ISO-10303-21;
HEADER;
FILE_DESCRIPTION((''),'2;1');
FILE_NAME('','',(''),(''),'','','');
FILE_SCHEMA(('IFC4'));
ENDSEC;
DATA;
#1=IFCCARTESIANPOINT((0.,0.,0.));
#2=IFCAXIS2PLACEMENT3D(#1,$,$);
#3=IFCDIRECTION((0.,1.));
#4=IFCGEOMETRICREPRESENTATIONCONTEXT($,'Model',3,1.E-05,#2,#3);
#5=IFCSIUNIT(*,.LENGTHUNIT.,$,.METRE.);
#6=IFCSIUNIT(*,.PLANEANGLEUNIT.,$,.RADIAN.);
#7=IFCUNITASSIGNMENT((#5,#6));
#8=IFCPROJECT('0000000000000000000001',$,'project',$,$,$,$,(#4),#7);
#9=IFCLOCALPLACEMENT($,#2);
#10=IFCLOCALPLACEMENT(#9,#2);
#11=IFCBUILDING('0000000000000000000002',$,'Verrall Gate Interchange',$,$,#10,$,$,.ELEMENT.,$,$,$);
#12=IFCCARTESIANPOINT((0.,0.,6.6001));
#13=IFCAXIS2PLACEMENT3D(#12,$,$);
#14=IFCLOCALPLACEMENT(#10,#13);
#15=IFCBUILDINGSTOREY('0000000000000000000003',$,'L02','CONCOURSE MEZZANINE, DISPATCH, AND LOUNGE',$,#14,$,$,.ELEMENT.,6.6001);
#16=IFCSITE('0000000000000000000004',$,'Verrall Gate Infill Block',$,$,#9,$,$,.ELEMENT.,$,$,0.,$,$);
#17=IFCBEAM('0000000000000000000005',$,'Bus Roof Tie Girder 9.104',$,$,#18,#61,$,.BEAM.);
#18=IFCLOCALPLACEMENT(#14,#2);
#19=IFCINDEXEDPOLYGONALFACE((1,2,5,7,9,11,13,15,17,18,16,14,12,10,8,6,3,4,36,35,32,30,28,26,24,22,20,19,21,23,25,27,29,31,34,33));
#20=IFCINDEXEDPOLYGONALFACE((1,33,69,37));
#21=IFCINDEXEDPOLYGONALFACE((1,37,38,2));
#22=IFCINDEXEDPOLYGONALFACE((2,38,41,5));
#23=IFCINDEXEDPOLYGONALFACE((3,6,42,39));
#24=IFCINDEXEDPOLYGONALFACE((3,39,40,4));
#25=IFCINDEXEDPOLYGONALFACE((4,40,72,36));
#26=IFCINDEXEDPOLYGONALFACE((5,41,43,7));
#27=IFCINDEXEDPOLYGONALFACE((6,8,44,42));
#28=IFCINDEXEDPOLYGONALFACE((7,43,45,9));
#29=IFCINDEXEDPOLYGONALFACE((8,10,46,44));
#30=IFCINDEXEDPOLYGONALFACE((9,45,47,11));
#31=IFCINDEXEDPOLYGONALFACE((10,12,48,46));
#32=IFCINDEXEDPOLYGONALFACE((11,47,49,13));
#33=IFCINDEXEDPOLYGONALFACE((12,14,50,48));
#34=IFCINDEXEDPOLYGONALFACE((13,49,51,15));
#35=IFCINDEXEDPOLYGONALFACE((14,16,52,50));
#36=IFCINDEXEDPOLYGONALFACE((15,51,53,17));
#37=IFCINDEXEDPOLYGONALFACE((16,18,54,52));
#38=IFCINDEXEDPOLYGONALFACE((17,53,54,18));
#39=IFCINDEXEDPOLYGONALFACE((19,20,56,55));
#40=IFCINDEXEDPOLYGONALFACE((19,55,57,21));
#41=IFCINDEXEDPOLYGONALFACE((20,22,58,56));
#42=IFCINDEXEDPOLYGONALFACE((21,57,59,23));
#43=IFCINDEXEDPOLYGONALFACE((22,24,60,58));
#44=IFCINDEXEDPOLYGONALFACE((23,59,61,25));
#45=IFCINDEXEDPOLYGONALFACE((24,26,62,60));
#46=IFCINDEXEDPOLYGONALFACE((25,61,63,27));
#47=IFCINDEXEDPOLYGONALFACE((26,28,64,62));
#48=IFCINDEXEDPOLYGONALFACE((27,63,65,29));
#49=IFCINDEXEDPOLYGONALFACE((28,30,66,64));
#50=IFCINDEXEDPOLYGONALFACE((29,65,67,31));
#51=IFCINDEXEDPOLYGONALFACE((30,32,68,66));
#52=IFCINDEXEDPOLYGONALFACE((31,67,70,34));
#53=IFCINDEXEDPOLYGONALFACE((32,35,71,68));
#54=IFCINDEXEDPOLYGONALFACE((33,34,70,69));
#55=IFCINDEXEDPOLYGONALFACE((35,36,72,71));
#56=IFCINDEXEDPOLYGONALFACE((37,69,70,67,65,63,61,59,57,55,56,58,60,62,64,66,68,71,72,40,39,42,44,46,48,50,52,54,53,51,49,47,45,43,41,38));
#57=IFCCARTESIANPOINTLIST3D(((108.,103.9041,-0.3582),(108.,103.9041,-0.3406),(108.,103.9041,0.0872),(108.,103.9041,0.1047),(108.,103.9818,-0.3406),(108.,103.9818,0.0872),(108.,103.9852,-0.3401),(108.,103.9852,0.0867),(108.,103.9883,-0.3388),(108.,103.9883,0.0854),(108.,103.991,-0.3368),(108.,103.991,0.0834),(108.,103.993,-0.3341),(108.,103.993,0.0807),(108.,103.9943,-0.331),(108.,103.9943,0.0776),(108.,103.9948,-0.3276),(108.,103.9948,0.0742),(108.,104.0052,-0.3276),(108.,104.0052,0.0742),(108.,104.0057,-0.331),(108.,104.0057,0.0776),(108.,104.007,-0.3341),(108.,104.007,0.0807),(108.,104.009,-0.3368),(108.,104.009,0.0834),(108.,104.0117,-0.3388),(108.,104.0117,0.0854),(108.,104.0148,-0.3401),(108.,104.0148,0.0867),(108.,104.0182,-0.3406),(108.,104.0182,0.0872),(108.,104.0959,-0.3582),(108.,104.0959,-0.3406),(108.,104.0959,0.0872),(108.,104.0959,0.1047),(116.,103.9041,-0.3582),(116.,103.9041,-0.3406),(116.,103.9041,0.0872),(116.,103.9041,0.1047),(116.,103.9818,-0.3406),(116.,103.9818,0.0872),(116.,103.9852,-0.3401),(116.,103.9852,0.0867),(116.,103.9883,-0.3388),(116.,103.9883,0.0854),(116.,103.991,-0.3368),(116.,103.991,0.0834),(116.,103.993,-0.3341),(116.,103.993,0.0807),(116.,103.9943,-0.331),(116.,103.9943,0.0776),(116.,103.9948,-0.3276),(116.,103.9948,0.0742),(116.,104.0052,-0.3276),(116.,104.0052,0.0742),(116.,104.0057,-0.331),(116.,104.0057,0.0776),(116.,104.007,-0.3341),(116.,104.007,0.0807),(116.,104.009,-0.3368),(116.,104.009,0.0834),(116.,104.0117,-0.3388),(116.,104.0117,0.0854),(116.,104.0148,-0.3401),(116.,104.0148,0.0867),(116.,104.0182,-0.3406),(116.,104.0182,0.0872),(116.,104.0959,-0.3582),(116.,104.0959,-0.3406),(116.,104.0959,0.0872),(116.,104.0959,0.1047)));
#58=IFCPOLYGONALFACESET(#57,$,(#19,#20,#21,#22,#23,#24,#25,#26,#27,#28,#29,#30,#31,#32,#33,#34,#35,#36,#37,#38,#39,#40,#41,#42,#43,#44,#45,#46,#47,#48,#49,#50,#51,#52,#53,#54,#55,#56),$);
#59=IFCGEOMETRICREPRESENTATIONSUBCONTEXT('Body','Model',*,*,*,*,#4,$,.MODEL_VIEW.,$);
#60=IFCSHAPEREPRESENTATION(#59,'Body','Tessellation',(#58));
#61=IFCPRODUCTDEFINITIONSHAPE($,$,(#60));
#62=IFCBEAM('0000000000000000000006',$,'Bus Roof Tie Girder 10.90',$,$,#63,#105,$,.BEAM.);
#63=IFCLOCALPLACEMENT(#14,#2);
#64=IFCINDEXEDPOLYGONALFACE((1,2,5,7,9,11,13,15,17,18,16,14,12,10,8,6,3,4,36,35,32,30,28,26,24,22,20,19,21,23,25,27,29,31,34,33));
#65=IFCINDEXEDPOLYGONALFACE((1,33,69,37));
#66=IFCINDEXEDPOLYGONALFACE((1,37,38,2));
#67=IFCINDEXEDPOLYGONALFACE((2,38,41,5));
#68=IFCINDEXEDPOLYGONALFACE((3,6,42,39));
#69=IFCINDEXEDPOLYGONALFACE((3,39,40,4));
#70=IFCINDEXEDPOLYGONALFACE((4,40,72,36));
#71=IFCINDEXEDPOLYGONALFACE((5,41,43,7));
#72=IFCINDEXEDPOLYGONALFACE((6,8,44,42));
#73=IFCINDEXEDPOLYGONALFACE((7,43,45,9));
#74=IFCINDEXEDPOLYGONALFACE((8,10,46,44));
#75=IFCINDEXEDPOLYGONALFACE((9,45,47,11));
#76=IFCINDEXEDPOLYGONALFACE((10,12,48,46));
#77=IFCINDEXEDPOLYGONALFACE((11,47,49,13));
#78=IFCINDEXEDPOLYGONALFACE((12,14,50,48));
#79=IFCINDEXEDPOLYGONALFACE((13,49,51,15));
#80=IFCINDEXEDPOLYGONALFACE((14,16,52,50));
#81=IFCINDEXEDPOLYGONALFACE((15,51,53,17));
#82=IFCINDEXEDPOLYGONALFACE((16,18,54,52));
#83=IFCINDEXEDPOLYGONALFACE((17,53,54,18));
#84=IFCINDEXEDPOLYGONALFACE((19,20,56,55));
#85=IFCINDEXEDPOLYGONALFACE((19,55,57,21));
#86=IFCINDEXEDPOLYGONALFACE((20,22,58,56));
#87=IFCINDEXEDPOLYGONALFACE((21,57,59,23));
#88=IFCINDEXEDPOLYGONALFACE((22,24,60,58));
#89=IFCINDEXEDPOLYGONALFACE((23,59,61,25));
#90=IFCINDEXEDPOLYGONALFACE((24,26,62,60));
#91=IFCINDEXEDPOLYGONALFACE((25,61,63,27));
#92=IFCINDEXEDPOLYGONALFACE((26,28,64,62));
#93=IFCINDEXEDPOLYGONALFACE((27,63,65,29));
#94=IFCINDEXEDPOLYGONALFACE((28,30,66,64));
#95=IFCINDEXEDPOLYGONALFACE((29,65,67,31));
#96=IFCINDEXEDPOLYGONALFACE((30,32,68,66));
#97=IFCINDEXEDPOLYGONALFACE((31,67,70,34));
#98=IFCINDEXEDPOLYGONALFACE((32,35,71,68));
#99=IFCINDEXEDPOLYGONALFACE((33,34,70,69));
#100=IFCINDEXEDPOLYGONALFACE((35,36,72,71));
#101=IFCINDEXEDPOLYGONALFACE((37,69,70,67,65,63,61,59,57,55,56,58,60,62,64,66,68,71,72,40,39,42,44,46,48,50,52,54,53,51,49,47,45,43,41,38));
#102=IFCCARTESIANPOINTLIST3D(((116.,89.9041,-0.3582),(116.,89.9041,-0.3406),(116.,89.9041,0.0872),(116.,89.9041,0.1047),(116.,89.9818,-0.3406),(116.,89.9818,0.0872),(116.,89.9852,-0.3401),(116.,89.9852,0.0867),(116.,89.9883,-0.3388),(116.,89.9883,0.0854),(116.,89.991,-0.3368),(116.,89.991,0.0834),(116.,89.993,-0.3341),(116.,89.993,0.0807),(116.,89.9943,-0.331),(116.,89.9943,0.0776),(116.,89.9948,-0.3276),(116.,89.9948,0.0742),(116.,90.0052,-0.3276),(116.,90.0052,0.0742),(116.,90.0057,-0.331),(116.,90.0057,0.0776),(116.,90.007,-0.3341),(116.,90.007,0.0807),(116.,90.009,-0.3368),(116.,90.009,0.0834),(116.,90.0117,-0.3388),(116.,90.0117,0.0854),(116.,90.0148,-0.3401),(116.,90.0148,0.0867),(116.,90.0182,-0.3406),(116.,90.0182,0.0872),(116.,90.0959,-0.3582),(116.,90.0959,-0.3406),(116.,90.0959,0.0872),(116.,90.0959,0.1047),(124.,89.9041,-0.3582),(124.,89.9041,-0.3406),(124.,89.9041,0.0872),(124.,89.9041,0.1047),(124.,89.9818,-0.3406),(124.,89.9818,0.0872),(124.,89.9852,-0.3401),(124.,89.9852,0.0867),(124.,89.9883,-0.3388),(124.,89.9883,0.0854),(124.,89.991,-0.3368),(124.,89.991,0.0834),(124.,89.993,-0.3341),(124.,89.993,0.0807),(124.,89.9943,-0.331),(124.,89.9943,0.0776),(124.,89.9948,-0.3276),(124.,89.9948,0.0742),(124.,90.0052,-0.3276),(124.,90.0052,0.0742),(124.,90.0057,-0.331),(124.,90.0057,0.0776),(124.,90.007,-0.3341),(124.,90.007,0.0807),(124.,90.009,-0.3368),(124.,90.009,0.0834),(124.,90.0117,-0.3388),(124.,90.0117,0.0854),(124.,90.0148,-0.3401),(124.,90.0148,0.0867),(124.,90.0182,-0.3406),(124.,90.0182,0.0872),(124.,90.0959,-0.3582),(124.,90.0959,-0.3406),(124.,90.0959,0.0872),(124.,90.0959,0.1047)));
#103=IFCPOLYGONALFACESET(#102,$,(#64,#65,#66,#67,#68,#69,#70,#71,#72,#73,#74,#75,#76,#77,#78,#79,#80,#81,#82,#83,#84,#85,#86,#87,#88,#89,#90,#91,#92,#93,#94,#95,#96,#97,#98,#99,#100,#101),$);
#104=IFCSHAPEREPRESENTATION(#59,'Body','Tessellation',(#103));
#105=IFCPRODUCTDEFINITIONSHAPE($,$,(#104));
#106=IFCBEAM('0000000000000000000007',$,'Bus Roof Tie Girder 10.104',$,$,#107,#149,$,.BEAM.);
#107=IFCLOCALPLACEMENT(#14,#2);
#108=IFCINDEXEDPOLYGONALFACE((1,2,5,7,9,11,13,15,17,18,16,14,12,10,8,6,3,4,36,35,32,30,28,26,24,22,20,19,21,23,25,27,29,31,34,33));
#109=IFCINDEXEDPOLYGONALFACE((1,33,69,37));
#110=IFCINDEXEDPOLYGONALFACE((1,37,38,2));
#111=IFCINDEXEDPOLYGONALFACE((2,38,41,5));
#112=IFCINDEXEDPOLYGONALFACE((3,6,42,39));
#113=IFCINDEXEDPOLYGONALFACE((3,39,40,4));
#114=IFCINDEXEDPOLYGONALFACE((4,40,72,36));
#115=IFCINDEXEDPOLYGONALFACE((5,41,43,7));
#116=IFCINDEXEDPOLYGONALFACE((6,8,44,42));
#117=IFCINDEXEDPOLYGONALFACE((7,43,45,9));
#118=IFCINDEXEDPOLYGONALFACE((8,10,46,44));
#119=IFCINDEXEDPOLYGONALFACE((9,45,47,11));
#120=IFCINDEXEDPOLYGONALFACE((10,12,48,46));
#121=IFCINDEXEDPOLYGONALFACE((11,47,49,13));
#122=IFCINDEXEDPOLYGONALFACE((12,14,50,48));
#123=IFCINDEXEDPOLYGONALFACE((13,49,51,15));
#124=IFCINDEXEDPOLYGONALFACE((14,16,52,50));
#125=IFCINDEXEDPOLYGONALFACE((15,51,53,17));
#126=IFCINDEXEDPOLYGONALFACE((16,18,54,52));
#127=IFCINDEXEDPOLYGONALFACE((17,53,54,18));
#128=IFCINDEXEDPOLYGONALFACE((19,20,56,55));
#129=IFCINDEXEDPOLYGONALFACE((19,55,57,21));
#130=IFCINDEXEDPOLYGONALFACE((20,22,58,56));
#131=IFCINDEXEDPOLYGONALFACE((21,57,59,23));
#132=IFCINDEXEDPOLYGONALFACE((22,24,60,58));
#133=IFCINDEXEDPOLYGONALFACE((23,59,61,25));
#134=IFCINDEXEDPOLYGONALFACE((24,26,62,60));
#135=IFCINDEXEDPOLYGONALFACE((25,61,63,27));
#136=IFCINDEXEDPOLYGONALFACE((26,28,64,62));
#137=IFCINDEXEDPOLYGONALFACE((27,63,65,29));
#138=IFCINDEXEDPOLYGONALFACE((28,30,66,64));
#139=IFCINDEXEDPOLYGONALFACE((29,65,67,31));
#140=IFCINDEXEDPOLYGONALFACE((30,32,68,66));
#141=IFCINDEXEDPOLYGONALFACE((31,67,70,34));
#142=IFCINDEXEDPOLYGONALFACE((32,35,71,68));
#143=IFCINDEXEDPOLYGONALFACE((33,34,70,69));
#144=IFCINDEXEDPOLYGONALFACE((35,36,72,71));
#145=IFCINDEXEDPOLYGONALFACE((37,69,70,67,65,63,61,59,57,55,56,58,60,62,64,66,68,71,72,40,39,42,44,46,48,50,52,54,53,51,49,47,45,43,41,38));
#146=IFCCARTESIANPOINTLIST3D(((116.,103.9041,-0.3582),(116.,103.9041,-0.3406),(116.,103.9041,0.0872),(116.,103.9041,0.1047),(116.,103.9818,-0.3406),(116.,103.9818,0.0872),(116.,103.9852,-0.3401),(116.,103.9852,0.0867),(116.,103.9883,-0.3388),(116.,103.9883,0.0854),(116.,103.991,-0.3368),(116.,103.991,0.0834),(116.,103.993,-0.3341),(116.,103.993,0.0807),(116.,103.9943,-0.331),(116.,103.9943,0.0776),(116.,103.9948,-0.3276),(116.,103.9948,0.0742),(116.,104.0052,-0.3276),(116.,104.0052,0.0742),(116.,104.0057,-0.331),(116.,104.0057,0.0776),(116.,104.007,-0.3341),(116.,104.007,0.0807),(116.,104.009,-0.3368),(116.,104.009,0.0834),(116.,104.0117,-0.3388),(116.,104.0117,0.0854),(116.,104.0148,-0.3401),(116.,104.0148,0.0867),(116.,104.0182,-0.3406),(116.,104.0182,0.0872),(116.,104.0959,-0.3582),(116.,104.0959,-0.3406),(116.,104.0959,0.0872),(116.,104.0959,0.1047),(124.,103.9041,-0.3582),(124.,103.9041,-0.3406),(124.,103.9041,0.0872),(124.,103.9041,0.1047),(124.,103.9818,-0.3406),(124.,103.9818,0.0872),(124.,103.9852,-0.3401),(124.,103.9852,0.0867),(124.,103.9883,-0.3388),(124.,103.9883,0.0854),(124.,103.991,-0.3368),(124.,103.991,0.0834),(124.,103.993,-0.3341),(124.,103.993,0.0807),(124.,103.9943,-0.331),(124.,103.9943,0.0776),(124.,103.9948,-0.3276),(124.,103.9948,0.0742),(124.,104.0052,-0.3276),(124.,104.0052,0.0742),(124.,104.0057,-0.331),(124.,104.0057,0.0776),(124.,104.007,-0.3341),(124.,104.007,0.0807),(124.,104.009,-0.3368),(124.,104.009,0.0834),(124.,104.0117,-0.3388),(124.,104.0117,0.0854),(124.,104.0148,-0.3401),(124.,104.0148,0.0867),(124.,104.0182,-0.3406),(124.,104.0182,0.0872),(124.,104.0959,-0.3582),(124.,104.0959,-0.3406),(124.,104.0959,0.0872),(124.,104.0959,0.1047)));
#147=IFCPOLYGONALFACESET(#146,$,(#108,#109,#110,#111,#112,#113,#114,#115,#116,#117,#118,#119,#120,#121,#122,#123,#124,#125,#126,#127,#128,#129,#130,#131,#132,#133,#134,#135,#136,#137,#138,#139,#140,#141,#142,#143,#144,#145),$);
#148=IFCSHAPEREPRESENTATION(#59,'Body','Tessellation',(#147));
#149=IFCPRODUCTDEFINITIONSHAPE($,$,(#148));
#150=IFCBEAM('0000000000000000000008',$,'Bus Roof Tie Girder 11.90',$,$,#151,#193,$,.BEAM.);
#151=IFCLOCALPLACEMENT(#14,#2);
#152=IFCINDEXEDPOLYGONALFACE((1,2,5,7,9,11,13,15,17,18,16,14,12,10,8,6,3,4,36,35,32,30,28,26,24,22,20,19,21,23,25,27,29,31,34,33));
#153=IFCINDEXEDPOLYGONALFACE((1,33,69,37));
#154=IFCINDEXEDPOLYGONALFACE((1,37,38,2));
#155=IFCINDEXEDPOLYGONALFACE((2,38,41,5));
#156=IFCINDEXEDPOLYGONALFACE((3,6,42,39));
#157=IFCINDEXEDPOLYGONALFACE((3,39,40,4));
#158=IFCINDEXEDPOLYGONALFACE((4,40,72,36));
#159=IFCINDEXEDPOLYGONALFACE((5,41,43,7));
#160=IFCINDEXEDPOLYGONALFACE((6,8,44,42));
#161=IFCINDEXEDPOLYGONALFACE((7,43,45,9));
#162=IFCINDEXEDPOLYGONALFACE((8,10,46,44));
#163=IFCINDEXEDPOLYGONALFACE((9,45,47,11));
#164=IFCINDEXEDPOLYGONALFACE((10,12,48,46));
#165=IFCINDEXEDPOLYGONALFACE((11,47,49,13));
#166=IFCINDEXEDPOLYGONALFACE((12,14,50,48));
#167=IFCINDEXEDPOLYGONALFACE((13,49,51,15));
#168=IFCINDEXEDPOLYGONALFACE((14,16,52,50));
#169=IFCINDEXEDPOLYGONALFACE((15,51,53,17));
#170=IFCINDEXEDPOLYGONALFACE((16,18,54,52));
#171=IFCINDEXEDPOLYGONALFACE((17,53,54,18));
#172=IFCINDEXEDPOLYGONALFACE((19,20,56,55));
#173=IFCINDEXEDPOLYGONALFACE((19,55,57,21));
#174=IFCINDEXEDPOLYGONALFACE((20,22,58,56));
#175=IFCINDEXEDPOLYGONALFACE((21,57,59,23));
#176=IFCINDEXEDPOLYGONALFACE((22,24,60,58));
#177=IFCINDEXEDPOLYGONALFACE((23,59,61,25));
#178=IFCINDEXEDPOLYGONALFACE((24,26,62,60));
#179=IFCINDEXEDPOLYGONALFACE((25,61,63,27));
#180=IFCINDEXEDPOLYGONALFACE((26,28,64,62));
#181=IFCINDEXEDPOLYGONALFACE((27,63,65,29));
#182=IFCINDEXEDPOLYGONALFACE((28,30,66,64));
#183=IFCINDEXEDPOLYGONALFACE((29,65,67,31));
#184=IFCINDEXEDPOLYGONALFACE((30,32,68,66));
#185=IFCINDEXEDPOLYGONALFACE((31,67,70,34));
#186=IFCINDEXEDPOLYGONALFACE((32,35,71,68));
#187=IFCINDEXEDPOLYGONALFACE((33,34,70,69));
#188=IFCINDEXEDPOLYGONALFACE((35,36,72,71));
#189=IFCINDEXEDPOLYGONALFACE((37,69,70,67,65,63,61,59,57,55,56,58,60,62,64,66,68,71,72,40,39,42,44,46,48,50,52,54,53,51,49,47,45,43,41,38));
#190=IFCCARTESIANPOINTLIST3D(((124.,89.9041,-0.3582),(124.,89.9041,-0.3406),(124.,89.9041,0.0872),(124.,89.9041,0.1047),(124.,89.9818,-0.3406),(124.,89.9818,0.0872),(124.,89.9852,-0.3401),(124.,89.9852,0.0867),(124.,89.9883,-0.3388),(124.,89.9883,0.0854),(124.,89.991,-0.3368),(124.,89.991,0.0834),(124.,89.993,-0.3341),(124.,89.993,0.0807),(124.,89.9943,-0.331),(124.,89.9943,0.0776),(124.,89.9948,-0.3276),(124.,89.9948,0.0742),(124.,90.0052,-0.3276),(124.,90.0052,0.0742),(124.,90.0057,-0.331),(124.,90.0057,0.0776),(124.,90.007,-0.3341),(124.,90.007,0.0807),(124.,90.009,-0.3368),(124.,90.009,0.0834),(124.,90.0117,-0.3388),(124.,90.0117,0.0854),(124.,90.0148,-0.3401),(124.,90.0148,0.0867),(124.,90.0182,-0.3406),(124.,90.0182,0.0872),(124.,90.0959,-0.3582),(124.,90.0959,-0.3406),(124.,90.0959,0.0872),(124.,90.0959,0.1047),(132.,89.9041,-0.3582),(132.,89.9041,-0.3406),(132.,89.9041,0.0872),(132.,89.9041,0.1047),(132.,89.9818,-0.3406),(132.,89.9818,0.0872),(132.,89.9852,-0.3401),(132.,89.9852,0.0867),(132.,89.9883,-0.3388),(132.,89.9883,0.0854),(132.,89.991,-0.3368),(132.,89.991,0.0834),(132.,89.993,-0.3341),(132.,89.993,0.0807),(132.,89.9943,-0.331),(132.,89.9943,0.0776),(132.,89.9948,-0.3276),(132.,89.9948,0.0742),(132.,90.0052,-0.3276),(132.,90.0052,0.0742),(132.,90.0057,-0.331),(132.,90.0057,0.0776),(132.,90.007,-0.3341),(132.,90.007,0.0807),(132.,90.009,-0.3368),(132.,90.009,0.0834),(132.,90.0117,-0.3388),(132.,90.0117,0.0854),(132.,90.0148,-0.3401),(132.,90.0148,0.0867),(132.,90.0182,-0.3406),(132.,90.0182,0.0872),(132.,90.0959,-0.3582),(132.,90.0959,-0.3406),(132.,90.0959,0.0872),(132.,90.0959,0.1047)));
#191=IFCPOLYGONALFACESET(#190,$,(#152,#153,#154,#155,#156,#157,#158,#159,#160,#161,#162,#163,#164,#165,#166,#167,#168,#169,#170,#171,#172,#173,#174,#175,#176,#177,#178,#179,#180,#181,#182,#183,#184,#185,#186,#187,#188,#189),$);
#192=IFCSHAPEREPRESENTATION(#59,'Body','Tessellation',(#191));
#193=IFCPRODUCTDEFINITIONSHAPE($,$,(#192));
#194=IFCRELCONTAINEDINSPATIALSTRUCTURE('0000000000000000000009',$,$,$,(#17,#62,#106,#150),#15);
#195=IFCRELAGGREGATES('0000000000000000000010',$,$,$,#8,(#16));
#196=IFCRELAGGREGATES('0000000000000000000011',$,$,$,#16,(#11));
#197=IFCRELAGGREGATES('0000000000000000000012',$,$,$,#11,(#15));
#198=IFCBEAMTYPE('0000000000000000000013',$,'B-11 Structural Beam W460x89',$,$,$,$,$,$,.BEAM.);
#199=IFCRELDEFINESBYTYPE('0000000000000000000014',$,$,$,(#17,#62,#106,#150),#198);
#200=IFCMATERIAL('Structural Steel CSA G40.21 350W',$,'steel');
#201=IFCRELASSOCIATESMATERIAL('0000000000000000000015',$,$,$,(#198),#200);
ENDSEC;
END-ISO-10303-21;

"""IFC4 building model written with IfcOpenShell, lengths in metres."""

from ifc_helpers import new_model, si_unit, direction, frame, origin, origin_2d, place, context, subcontext, project, spatial, i_section, extrude, material, material_profile, profile_set, type_object, element, save


model = new_model("IFC4")

# Units and contexts
model_context = context("Model", 3, precision=1e-05, world=origin(), true_north=direction((0.0, 1.0)))
body_context = subcontext(model_context, "Body", "Model", "MODEL_VIEW")
ifc_project = project(units=[si_unit("LENGTHUNIT", "METRE"), si_unit("PLANEANGLEUNIT", "RADIAN")], contexts=[model_context])

# Site, building, storey
site_placement = place(None, origin())
site = spatial("IfcSite", under=ifc_project, at=site_placement, Name="Verrall Gate Infill Block", CompositionType="ELEMENT", RefElevation=0.0)
building_placement = place(site_placement, origin())
building = spatial("IfcBuilding", under=site, at=building_placement, Name="Verrall Gate Interchange", CompositionType="ELEMENT")
storey_placement = place(building_placement, frame((0.0, 0.0, 6.6001)))
storey = spatial("IfcBuildingStorey", under=building, at=storey_placement, Name="L02", Description="CONCOURSE MEZZANINE, DISPATCH, AND LOUNGE", CompositionType="ELEMENT", Elevation=6.6001)

# Beams
ifc_material_1 = material(Name="Structural Steel CSA G40.21 350W", Category="steel")
ifc_material_profile_1 = material_profile(ifc_material_1, i_section(OverallWidth=0.1919, OverallDepth=0.4629, WebThickness=0.0105, FlangeThickness=0.0176, FilletRadius=0.0129, at=origin_2d()), Name="W460x89")
ifc_profile_set_1 = profile_set([ifc_material_profile_1], Name="Structural Steel CSA G40.21 350W")
beam_type = type_object("IfcBeamType", Name="B-11 Structural Beam W460x89", PredefinedType="BEAM", material=ifc_profile_set_1)
for number, where, z_axis, x_axis, name in (
    (1, (108.0, 104.0, -0.1267), (1.0, 0.0, 0.0), (0.0, 1.0, 0.0), "Bus Roof Tie Girder 9.104"),
    (2, (116.0, 90.0, -0.1267), (1.0, 0.0, 0.0), (0.0, 1.0, 0.0), "Bus Roof Tie Girder 10.90"),
    (3, (116.0, 104.0, -0.1267), (1.0, 0.0, 0.0), (0.0, 1.0, 0.0), "Bus Roof Tie Girder 10.104"),
    (4, (124.0, 90.0, -0.1267), (1.0, 0.0, 0.0), (0.0, 1.0, 0.0), "Bus Roof Tie Girder 11.90"),
):
    element("IfcBeam", number, at=place(storey_placement, frame(where, z_axis=z_axis, x_axis=x_axis)), inside=storey, type_object=beam_type, Name=name, PredefinedType="BEAM", context=body_context, shape_type="SweptSolid", body=[
        extrude(i_section(OverallWidth=0.1919, OverallDepth=0.4629, WebThickness=0.0105, FlangeThickness=0.0176, FilletRadius=0.0129, at=origin_2d()), origin(), (0.0, 0.0, 1.0), 8.0),
    ])

save(model, "model.ifc")
